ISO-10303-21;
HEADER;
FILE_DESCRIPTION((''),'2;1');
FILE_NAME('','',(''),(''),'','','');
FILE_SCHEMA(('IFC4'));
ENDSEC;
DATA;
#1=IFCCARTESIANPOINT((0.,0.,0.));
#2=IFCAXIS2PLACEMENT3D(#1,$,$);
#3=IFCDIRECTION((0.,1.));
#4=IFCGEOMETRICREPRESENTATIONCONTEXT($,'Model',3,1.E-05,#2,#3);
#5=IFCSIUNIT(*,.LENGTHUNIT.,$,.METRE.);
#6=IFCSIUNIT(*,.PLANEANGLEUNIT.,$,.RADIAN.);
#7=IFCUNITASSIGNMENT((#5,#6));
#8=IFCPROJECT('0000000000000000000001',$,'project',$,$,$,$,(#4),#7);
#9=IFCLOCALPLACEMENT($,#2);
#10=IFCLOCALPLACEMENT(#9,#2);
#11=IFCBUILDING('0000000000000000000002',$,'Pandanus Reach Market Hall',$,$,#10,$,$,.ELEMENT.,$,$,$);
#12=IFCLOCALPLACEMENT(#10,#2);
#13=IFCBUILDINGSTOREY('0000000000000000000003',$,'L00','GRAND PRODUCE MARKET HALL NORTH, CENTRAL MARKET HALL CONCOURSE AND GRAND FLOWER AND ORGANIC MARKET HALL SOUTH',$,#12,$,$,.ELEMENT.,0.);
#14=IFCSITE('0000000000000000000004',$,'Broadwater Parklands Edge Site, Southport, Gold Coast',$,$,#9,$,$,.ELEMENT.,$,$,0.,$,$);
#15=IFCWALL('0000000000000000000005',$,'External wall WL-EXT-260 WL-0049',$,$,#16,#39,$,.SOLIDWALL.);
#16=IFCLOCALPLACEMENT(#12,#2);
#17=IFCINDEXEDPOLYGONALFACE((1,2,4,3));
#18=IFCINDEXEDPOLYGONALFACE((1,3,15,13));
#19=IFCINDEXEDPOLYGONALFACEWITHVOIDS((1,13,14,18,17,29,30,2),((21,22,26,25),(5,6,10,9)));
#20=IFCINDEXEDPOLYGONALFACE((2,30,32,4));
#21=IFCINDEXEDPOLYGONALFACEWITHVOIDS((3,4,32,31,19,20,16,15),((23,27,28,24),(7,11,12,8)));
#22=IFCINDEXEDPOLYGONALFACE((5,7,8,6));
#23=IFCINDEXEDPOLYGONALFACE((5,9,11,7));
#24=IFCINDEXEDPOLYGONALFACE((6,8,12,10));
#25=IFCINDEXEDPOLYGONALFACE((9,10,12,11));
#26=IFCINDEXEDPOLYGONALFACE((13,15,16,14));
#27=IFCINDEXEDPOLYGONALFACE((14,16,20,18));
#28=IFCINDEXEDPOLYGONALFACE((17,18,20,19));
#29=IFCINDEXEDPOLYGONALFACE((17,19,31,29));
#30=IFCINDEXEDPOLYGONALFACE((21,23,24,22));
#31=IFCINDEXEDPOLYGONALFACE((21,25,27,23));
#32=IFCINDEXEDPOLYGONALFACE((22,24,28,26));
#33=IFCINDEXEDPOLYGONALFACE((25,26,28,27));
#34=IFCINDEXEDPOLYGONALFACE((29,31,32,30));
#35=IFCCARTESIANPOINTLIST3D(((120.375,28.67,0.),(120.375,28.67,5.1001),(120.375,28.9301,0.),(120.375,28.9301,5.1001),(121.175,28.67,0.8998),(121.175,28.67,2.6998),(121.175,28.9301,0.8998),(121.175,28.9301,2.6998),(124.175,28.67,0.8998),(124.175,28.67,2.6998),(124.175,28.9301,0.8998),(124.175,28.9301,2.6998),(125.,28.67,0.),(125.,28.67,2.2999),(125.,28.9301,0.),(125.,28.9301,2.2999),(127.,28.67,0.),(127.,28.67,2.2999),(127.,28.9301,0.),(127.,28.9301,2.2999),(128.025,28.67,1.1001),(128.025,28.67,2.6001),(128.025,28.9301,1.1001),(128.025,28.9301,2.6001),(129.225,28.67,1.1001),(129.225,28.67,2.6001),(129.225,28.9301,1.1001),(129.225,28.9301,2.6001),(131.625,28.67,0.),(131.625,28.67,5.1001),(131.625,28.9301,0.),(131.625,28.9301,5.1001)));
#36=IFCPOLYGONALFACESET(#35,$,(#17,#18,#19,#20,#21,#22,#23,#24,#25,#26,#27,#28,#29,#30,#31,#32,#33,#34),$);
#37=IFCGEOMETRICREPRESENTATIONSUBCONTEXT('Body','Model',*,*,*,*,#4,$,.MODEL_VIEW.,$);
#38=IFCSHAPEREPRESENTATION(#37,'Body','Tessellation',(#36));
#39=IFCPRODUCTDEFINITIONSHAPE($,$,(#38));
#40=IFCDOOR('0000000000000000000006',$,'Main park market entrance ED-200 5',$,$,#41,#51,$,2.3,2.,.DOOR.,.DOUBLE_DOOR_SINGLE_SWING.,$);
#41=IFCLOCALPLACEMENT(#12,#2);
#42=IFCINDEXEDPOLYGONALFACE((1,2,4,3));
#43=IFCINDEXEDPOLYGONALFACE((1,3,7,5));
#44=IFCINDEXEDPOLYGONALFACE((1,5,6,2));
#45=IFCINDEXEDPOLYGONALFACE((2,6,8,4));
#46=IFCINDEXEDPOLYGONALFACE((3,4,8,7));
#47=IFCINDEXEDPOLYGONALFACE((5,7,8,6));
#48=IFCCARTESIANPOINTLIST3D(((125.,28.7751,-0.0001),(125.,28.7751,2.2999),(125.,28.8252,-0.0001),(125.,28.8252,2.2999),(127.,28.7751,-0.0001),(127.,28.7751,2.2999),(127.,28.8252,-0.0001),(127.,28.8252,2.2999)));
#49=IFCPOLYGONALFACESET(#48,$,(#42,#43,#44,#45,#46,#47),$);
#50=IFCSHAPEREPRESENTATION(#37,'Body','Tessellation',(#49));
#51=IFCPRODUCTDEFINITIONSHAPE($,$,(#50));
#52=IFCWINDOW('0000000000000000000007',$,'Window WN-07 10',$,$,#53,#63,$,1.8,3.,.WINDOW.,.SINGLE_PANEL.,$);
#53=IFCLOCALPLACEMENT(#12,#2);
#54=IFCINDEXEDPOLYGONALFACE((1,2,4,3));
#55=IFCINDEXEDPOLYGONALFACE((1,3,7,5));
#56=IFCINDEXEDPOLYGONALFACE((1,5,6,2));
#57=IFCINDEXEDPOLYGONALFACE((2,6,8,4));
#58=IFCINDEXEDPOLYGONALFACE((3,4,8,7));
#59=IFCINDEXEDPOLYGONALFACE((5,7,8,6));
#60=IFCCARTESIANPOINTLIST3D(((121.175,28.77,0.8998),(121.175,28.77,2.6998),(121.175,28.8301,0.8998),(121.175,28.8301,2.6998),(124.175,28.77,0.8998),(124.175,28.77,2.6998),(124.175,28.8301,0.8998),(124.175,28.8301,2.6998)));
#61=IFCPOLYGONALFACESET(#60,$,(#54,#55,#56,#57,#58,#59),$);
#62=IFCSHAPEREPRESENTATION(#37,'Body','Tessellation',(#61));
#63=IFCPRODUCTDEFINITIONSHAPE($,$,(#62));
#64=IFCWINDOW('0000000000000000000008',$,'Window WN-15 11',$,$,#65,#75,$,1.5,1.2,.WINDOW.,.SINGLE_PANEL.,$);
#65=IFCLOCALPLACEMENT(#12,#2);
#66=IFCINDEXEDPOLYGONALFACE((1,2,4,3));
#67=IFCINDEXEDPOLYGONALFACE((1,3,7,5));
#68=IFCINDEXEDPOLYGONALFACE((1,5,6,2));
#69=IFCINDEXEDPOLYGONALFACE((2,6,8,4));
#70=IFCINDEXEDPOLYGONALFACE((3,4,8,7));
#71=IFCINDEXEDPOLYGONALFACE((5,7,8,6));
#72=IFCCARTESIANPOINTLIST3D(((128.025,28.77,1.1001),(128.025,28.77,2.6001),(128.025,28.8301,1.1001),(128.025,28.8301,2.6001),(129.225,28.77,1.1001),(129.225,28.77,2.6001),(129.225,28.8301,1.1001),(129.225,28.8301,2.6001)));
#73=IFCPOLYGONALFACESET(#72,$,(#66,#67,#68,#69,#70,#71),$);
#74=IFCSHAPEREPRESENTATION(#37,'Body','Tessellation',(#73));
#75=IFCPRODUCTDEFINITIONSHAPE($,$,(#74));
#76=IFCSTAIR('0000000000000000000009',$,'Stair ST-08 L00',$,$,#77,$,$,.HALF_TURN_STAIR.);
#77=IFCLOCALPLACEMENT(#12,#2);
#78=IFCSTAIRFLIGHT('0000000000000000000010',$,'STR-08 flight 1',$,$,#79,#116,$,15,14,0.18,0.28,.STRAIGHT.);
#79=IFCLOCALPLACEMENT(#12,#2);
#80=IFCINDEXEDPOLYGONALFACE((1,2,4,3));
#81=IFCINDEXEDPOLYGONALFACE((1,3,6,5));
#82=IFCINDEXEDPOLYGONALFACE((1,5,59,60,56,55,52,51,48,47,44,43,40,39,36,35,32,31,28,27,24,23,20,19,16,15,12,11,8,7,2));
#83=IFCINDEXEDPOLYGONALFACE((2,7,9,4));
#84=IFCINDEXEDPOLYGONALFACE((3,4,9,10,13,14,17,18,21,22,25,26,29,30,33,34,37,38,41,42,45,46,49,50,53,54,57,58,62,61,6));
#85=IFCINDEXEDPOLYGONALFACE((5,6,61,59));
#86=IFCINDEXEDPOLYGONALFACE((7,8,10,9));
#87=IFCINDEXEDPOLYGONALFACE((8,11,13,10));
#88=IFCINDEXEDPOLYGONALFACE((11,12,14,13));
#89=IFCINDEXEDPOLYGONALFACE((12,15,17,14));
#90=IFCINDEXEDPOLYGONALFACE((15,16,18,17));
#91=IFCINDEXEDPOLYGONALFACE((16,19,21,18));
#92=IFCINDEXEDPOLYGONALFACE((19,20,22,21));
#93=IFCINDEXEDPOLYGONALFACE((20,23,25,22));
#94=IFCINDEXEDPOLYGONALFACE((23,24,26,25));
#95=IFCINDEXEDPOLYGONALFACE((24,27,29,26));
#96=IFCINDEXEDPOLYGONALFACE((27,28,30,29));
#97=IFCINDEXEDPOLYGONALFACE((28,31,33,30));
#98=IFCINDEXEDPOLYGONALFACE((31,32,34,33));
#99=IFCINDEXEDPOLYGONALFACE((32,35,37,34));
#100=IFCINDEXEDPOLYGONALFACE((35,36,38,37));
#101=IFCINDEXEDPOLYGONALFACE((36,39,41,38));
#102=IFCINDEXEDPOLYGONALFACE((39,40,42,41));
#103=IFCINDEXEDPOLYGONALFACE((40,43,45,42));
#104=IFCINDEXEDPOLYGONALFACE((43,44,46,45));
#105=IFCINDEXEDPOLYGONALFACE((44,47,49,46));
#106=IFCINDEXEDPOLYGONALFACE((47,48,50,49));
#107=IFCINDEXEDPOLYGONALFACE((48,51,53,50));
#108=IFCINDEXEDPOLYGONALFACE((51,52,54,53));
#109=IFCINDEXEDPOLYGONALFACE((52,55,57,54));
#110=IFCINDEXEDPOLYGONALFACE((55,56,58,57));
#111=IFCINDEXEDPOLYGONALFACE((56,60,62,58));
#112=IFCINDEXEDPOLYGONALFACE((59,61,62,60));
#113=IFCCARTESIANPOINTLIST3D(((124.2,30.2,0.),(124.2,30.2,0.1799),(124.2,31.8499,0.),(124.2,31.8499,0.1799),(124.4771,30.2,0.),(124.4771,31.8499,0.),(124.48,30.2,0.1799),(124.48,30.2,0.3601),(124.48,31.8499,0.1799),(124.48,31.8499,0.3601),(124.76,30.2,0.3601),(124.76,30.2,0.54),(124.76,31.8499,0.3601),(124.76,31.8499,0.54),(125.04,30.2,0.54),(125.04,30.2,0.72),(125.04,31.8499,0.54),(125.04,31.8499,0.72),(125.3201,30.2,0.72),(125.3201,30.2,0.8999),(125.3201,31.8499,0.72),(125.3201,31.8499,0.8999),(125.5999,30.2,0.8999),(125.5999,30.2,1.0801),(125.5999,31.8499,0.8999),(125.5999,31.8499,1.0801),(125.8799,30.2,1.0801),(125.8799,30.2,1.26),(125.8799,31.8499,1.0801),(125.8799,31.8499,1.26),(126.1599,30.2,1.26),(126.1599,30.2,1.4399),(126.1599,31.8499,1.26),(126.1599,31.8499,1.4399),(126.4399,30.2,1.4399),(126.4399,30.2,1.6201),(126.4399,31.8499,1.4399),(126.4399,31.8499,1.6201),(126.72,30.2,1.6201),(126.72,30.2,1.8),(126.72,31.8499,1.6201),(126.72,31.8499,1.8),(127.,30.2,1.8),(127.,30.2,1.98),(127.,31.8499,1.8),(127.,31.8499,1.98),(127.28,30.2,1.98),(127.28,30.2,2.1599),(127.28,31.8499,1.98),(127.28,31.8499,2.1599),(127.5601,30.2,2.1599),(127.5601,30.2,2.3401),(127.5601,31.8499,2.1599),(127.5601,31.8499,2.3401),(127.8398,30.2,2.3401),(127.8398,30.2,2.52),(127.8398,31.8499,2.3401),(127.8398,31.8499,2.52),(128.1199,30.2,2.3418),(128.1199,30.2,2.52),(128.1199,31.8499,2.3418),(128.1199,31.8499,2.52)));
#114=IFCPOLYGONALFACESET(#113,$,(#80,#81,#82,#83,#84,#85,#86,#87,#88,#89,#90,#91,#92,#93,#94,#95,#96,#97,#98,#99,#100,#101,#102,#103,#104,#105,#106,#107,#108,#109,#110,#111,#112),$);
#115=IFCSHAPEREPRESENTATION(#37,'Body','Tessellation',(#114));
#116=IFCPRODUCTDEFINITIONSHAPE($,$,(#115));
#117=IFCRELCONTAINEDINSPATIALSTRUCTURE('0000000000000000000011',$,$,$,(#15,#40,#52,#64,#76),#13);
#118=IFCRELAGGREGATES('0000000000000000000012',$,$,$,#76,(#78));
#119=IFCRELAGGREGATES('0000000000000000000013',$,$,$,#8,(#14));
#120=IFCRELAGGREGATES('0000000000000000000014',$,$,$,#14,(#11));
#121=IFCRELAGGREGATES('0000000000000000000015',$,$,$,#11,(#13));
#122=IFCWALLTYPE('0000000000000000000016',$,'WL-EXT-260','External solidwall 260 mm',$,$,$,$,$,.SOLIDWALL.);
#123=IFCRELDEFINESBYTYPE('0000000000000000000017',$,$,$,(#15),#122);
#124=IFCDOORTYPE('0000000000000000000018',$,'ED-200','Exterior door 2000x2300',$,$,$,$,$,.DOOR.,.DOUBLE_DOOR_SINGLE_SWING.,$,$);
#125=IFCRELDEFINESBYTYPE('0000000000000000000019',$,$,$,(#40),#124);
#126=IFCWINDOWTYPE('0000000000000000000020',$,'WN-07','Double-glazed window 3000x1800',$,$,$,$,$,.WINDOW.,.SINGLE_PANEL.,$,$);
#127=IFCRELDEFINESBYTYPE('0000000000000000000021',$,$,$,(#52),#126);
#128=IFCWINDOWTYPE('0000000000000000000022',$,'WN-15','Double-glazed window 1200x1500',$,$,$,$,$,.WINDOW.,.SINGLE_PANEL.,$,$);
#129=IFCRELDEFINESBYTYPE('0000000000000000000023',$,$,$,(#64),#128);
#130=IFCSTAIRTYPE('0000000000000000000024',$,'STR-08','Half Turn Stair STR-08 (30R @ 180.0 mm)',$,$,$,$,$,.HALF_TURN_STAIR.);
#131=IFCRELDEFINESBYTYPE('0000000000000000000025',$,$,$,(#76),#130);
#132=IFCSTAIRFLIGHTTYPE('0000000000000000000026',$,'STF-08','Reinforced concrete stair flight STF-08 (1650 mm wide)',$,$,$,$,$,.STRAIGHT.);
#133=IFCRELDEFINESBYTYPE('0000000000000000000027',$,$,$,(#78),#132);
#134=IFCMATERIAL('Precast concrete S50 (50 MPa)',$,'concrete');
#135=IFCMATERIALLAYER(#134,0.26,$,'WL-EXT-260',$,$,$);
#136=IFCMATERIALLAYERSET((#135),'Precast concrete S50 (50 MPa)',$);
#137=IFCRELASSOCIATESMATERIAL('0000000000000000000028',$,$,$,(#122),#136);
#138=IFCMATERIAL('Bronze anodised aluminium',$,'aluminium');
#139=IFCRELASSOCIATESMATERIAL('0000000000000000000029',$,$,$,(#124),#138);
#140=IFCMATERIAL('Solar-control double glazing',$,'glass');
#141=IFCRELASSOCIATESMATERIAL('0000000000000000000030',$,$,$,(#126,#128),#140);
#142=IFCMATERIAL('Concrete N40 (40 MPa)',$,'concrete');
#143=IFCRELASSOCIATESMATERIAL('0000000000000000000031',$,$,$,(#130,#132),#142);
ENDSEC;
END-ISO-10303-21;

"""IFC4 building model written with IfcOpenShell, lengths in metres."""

from ifc_helpers import new_model, si_unit, direction, frame, frame_2d, origin, place, context, subcontext, project, spatial, polyline, rectangle, outline, extrude, material, layer, layer_set, type_object, element, fill, aggregate, save


model = new_model("IFC4")

# Units and contexts
model_context = context("Model", 3, precision=1e-05, world=origin(), true_north=direction((0.0, 1.0)))
body_context = subcontext(model_context, "Body", "Model", "MODEL_VIEW")
ifc_project = project(units=[si_unit("LENGTHUNIT", "METRE"), si_unit("PLANEANGLEUNIT", "RADIAN")], contexts=[model_context])

# Site, building, storey
site_placement = place(None, origin())
site = spatial("IfcSite", under=ifc_project, at=site_placement, Name="Broadwater Parklands Edge Site, Southport, Gold Coast", CompositionType="ELEMENT", RefElevation=0.0)
building_placement = place(site_placement, origin())
building = spatial("IfcBuilding", under=site, at=building_placement, Name="Pandanus Reach Market Hall", CompositionType="ELEMENT")
storey_placement = place(building_placement, origin())
storey = spatial("IfcBuildingStorey", under=building, at=storey_placement, Name="L00", Description="GRAND PRODUCE MARKET HALL NORTH, CENTRAL MARKET HALL CONCOURSE AND GRAND FLOWER AND ORGANIC MARKET HALL SOUTH", CompositionType="ELEMENT", Elevation=0.0)

# Shared definitions
ifc_material_1 = material(Name="Concrete N40 (40 MPa)", Category="concrete")

# Shared definitions
ifc_material_2 = material(Name="Bronze anodised aluminium", Category="aluminium")

# Wall, openings, door, windows
ifc_material_3 = material(Name="Precast concrete S50 (50 MPa)", Category="concrete")
ifc_layer_1 = layer(ifc_material_3, 0.26, Name="WL-EXT-260")
ifc_layer_set_1 = layer_set([ifc_layer_1], Name="Precast concrete S50 (50 MPa)")
wall_type_1 = type_object("IfcWallType", Name="WL-EXT-260", Description="External solidwall 260 mm", PredefinedType="SOLIDWALL", material=ifc_layer_set_1)
wall_1_placement = place(storey_placement, frame((120.375, 28.8, 0.0), z_axis=(0.0, 0.0, 1.0), x_axis=(1.0, 0.0, 0.0)))
wall_1 = element("IfcWall", 1, at=wall_1_placement, inside=storey, type_object=wall_type_1, Name="External wall WL-EXT-260 WL-0049", PredefinedType="SOLIDWALL", context=body_context, shape_type="SweptSolid", body=[
    extrude(rectangle(XDim=11.25, YDim=0.26, at=frame_2d((5.625, 0.0))), origin(), (0.0, 0.0, 1.0), 5.1001),
])
opening_1_placement = place(wall_1_placement, frame((4.625, 0.0, 0.0)))
opening_1 = element("IfcOpeningElement", 2, at=opening_1_placement, cuts=wall_1, PredefinedType="OPENING", context=body_context, shape_type="SweptSolid", body=[
    extrude(rectangle(XDim=2.0, YDim=2.3, at=frame_2d((1.0, 1.1499))), frame((0.0, 0.145, 0.0), z_axis=(0.0, -1.0, 0.0), x_axis=(1.0, 0.0, 0.0)), (0.0, 0.0, 1.0), 0.29),
])
opening_2_placement = place(wall_1_placement, frame((0.8, 0.0, 0.8999)))
opening_2 = element("IfcOpeningElement", 3, at=opening_2_placement, cuts=wall_1, PredefinedType="OPENING", context=body_context, shape_type="SweptSolid", body=[
    extrude(rectangle(XDim=3.0, YDim=1.8, at=frame_2d((1.5, 0.8999))), frame((0.0, 0.145, 0.0), z_axis=(0.0, -1.0, 0.0), x_axis=(1.0, 0.0, 0.0)), (0.0, 0.0, 1.0), 0.29),
])
opening_3_placement = place(wall_1_placement, frame((7.6499, 0.0, 1.1001)))
opening_3 = element("IfcOpeningElement", 4, at=opening_3_placement, cuts=wall_1, PredefinedType="OPENING", context=body_context, shape_type="SweptSolid", body=[
    extrude(rectangle(XDim=1.2, YDim=1.5, at=frame_2d((0.6001, 0.75))), frame((0.0, 0.145, 0.0), z_axis=(0.0, -1.0, 0.0), x_axis=(1.0, 0.0, 0.0)), (0.0, 0.0, 1.0), 0.29),
])
door_type = type_object("IfcDoorType", Name="ED-200", Description="Exterior door 2000x2300", OperationType="DOUBLE_DOOR_SINGLE_SWING", PredefinedType="DOOR", material=ifc_material_2)
door_placement = place(opening_1_placement, frame((2.0, 0.0, 0.0), z_axis=(0.0, 0.0, 1.0), x_axis=(-1.0, 0.0, 0.0)))
door = element("IfcDoor", 5, at=door_placement, inside=storey, type_object=door_type, Name="Main park market entrance ED-200 5", OperationType="DOUBLE_DOOR_SINGLE_SWING", OverallHeight=2.3, OverallWidth=2.0, PredefinedType="DOOR", context=body_context, shape_type="SweptSolid", body=[
    extrude(rectangle(XDim=2.0, YDim=2.3, at=frame_2d((1.0, 1.1499))), frame((0.0, 0.0249, 0.0), z_axis=(0.0, -1.0, 0.0), x_axis=(1.0, 0.0, 0.0)), (0.0, 0.0, 1.0), 0.05),
])
fill(opening_1, door)
ifc_material_4 = material(Name="Solar-control double glazing", Category="glass")
window_type_1 = type_object("IfcWindowType", Name="WN-07", Description="Double-glazed window 3000x1800", PartitioningType="SINGLE_PANEL", PredefinedType="WINDOW", material=ifc_material_4)
window_1_placement = place(opening_2_placement, origin())
window_1 = element("IfcWindow", 6, at=window_1_placement, inside=storey, type_object=window_type_1, Name="Window WN-07 10", OverallHeight=1.8, OverallWidth=3.0, PartitioningType="SINGLE_PANEL", PredefinedType="WINDOW", context=body_context, shape_type="SweptSolid", body=[
    extrude(rectangle(XDim=3.0, YDim=1.8, at=frame_2d((1.5, 0.8999))), frame((0.0, 0.03, 0.0), z_axis=(0.0, -1.0, 0.0), x_axis=(1.0, 0.0, 0.0)), (0.0, 0.0, 1.0), 0.0601),
])
fill(opening_2, window_1)
window_type_2 = type_object("IfcWindowType", Name="WN-15", Description="Double-glazed window 1200x1500", PartitioningType="SINGLE_PANEL", PredefinedType="WINDOW", material=ifc_material_4)
window_2_placement = place(opening_3_placement, origin())
window_2 = element("IfcWindow", 7, at=window_2_placement, inside=storey, type_object=window_type_2, Name="Window WN-15 11", OverallHeight=1.5, OverallWidth=1.2, PartitioningType="SINGLE_PANEL", PredefinedType="WINDOW", context=body_context, shape_type="SweptSolid", body=[
    extrude(rectangle(XDim=1.2, YDim=1.5, at=frame_2d((0.6001, 0.75))), frame((0.0, 0.03, 0.0), z_axis=(0.0, -1.0, 0.0), x_axis=(1.0, 0.0, 0.0)), (0.0, 0.0, 1.0), 0.0601),
])
fill(opening_3, window_2)

# Stair, stair flight
stair_type = type_object("IfcStairType", Name="STR-08", Description="Half Turn Stair STR-08 (30R @ 180.0 mm)", PredefinedType="HALF_TURN_STAIR", material=ifc_material_1)
stair_placement = place(storey_placement, origin())
stair = element("IfcStair", 8, at=stair_placement, inside=storey, type_object=stair_type, Name="Stair ST-08 L00", PredefinedType="HALF_TURN_STAIR")
stair_flight_type = type_object("IfcStairFlightType", Name="STF-08", Description="Reinforced concrete stair flight STF-08 (1650 mm wide)", PredefinedType="STRAIGHT", material=ifc_material_1)
stair_flight_placement = place(storey_placement, frame((124.2, 31.0249, 0.0), z_axis=(0.0, 0.0, 1.0), x_axis=(1.0, 0.0, 0.0)))
stair_flight = element("IfcStairFlight", 9, at=stair_flight_placement, type_object=stair_flight_type, Name="STR-08 flight 1", NumberOfRisers=15, NumberOfTreads=14, PredefinedType="STRAIGHT", RiserHeight=0.18, TreadLength=0.28, context=body_context, shape_type="SweptSolid", body=[
    extrude(outline(polyline([(0.0, 0.0), (0.0, 0.1799), (0.28, 0.1799), (0.28, 0.3601), (0.5601, 0.3601), (0.5601, 0.54), (0.8401, 0.54), (0.8401, 0.72), (1.1201, 0.72), (1.1201, 0.8999), (1.3999, 0.8999), (1.3999, 1.0801), (1.6799, 1.0801), (1.6799, 1.26), (1.96, 1.26), (1.96, 1.4399), (2.24, 1.4399), (2.24, 1.6201), (2.52, 1.6201), (2.52, 1.8), (2.8, 1.8), (2.8, 1.98), (3.0801, 1.98), (3.0801, 2.1599), (3.3601, 2.1599), (3.3601, 2.3401), (3.6399, 2.3401), (3.6399, 2.52), (3.9199, 2.52), (3.9199, 2.7), (3.9199, 2.3418), (0.2771, 0.0), (0.0, 0.0)])), frame((0.0, 0.825, 0.0), z_axis=(0.0, -1.0, 0.0), x_axis=(1.0, 0.0, 0.0)), (0.0, 0.0, 1.0), 1.6499),
])
aggregate(stair, [stair_flight])

save(model, "model.ifc")
